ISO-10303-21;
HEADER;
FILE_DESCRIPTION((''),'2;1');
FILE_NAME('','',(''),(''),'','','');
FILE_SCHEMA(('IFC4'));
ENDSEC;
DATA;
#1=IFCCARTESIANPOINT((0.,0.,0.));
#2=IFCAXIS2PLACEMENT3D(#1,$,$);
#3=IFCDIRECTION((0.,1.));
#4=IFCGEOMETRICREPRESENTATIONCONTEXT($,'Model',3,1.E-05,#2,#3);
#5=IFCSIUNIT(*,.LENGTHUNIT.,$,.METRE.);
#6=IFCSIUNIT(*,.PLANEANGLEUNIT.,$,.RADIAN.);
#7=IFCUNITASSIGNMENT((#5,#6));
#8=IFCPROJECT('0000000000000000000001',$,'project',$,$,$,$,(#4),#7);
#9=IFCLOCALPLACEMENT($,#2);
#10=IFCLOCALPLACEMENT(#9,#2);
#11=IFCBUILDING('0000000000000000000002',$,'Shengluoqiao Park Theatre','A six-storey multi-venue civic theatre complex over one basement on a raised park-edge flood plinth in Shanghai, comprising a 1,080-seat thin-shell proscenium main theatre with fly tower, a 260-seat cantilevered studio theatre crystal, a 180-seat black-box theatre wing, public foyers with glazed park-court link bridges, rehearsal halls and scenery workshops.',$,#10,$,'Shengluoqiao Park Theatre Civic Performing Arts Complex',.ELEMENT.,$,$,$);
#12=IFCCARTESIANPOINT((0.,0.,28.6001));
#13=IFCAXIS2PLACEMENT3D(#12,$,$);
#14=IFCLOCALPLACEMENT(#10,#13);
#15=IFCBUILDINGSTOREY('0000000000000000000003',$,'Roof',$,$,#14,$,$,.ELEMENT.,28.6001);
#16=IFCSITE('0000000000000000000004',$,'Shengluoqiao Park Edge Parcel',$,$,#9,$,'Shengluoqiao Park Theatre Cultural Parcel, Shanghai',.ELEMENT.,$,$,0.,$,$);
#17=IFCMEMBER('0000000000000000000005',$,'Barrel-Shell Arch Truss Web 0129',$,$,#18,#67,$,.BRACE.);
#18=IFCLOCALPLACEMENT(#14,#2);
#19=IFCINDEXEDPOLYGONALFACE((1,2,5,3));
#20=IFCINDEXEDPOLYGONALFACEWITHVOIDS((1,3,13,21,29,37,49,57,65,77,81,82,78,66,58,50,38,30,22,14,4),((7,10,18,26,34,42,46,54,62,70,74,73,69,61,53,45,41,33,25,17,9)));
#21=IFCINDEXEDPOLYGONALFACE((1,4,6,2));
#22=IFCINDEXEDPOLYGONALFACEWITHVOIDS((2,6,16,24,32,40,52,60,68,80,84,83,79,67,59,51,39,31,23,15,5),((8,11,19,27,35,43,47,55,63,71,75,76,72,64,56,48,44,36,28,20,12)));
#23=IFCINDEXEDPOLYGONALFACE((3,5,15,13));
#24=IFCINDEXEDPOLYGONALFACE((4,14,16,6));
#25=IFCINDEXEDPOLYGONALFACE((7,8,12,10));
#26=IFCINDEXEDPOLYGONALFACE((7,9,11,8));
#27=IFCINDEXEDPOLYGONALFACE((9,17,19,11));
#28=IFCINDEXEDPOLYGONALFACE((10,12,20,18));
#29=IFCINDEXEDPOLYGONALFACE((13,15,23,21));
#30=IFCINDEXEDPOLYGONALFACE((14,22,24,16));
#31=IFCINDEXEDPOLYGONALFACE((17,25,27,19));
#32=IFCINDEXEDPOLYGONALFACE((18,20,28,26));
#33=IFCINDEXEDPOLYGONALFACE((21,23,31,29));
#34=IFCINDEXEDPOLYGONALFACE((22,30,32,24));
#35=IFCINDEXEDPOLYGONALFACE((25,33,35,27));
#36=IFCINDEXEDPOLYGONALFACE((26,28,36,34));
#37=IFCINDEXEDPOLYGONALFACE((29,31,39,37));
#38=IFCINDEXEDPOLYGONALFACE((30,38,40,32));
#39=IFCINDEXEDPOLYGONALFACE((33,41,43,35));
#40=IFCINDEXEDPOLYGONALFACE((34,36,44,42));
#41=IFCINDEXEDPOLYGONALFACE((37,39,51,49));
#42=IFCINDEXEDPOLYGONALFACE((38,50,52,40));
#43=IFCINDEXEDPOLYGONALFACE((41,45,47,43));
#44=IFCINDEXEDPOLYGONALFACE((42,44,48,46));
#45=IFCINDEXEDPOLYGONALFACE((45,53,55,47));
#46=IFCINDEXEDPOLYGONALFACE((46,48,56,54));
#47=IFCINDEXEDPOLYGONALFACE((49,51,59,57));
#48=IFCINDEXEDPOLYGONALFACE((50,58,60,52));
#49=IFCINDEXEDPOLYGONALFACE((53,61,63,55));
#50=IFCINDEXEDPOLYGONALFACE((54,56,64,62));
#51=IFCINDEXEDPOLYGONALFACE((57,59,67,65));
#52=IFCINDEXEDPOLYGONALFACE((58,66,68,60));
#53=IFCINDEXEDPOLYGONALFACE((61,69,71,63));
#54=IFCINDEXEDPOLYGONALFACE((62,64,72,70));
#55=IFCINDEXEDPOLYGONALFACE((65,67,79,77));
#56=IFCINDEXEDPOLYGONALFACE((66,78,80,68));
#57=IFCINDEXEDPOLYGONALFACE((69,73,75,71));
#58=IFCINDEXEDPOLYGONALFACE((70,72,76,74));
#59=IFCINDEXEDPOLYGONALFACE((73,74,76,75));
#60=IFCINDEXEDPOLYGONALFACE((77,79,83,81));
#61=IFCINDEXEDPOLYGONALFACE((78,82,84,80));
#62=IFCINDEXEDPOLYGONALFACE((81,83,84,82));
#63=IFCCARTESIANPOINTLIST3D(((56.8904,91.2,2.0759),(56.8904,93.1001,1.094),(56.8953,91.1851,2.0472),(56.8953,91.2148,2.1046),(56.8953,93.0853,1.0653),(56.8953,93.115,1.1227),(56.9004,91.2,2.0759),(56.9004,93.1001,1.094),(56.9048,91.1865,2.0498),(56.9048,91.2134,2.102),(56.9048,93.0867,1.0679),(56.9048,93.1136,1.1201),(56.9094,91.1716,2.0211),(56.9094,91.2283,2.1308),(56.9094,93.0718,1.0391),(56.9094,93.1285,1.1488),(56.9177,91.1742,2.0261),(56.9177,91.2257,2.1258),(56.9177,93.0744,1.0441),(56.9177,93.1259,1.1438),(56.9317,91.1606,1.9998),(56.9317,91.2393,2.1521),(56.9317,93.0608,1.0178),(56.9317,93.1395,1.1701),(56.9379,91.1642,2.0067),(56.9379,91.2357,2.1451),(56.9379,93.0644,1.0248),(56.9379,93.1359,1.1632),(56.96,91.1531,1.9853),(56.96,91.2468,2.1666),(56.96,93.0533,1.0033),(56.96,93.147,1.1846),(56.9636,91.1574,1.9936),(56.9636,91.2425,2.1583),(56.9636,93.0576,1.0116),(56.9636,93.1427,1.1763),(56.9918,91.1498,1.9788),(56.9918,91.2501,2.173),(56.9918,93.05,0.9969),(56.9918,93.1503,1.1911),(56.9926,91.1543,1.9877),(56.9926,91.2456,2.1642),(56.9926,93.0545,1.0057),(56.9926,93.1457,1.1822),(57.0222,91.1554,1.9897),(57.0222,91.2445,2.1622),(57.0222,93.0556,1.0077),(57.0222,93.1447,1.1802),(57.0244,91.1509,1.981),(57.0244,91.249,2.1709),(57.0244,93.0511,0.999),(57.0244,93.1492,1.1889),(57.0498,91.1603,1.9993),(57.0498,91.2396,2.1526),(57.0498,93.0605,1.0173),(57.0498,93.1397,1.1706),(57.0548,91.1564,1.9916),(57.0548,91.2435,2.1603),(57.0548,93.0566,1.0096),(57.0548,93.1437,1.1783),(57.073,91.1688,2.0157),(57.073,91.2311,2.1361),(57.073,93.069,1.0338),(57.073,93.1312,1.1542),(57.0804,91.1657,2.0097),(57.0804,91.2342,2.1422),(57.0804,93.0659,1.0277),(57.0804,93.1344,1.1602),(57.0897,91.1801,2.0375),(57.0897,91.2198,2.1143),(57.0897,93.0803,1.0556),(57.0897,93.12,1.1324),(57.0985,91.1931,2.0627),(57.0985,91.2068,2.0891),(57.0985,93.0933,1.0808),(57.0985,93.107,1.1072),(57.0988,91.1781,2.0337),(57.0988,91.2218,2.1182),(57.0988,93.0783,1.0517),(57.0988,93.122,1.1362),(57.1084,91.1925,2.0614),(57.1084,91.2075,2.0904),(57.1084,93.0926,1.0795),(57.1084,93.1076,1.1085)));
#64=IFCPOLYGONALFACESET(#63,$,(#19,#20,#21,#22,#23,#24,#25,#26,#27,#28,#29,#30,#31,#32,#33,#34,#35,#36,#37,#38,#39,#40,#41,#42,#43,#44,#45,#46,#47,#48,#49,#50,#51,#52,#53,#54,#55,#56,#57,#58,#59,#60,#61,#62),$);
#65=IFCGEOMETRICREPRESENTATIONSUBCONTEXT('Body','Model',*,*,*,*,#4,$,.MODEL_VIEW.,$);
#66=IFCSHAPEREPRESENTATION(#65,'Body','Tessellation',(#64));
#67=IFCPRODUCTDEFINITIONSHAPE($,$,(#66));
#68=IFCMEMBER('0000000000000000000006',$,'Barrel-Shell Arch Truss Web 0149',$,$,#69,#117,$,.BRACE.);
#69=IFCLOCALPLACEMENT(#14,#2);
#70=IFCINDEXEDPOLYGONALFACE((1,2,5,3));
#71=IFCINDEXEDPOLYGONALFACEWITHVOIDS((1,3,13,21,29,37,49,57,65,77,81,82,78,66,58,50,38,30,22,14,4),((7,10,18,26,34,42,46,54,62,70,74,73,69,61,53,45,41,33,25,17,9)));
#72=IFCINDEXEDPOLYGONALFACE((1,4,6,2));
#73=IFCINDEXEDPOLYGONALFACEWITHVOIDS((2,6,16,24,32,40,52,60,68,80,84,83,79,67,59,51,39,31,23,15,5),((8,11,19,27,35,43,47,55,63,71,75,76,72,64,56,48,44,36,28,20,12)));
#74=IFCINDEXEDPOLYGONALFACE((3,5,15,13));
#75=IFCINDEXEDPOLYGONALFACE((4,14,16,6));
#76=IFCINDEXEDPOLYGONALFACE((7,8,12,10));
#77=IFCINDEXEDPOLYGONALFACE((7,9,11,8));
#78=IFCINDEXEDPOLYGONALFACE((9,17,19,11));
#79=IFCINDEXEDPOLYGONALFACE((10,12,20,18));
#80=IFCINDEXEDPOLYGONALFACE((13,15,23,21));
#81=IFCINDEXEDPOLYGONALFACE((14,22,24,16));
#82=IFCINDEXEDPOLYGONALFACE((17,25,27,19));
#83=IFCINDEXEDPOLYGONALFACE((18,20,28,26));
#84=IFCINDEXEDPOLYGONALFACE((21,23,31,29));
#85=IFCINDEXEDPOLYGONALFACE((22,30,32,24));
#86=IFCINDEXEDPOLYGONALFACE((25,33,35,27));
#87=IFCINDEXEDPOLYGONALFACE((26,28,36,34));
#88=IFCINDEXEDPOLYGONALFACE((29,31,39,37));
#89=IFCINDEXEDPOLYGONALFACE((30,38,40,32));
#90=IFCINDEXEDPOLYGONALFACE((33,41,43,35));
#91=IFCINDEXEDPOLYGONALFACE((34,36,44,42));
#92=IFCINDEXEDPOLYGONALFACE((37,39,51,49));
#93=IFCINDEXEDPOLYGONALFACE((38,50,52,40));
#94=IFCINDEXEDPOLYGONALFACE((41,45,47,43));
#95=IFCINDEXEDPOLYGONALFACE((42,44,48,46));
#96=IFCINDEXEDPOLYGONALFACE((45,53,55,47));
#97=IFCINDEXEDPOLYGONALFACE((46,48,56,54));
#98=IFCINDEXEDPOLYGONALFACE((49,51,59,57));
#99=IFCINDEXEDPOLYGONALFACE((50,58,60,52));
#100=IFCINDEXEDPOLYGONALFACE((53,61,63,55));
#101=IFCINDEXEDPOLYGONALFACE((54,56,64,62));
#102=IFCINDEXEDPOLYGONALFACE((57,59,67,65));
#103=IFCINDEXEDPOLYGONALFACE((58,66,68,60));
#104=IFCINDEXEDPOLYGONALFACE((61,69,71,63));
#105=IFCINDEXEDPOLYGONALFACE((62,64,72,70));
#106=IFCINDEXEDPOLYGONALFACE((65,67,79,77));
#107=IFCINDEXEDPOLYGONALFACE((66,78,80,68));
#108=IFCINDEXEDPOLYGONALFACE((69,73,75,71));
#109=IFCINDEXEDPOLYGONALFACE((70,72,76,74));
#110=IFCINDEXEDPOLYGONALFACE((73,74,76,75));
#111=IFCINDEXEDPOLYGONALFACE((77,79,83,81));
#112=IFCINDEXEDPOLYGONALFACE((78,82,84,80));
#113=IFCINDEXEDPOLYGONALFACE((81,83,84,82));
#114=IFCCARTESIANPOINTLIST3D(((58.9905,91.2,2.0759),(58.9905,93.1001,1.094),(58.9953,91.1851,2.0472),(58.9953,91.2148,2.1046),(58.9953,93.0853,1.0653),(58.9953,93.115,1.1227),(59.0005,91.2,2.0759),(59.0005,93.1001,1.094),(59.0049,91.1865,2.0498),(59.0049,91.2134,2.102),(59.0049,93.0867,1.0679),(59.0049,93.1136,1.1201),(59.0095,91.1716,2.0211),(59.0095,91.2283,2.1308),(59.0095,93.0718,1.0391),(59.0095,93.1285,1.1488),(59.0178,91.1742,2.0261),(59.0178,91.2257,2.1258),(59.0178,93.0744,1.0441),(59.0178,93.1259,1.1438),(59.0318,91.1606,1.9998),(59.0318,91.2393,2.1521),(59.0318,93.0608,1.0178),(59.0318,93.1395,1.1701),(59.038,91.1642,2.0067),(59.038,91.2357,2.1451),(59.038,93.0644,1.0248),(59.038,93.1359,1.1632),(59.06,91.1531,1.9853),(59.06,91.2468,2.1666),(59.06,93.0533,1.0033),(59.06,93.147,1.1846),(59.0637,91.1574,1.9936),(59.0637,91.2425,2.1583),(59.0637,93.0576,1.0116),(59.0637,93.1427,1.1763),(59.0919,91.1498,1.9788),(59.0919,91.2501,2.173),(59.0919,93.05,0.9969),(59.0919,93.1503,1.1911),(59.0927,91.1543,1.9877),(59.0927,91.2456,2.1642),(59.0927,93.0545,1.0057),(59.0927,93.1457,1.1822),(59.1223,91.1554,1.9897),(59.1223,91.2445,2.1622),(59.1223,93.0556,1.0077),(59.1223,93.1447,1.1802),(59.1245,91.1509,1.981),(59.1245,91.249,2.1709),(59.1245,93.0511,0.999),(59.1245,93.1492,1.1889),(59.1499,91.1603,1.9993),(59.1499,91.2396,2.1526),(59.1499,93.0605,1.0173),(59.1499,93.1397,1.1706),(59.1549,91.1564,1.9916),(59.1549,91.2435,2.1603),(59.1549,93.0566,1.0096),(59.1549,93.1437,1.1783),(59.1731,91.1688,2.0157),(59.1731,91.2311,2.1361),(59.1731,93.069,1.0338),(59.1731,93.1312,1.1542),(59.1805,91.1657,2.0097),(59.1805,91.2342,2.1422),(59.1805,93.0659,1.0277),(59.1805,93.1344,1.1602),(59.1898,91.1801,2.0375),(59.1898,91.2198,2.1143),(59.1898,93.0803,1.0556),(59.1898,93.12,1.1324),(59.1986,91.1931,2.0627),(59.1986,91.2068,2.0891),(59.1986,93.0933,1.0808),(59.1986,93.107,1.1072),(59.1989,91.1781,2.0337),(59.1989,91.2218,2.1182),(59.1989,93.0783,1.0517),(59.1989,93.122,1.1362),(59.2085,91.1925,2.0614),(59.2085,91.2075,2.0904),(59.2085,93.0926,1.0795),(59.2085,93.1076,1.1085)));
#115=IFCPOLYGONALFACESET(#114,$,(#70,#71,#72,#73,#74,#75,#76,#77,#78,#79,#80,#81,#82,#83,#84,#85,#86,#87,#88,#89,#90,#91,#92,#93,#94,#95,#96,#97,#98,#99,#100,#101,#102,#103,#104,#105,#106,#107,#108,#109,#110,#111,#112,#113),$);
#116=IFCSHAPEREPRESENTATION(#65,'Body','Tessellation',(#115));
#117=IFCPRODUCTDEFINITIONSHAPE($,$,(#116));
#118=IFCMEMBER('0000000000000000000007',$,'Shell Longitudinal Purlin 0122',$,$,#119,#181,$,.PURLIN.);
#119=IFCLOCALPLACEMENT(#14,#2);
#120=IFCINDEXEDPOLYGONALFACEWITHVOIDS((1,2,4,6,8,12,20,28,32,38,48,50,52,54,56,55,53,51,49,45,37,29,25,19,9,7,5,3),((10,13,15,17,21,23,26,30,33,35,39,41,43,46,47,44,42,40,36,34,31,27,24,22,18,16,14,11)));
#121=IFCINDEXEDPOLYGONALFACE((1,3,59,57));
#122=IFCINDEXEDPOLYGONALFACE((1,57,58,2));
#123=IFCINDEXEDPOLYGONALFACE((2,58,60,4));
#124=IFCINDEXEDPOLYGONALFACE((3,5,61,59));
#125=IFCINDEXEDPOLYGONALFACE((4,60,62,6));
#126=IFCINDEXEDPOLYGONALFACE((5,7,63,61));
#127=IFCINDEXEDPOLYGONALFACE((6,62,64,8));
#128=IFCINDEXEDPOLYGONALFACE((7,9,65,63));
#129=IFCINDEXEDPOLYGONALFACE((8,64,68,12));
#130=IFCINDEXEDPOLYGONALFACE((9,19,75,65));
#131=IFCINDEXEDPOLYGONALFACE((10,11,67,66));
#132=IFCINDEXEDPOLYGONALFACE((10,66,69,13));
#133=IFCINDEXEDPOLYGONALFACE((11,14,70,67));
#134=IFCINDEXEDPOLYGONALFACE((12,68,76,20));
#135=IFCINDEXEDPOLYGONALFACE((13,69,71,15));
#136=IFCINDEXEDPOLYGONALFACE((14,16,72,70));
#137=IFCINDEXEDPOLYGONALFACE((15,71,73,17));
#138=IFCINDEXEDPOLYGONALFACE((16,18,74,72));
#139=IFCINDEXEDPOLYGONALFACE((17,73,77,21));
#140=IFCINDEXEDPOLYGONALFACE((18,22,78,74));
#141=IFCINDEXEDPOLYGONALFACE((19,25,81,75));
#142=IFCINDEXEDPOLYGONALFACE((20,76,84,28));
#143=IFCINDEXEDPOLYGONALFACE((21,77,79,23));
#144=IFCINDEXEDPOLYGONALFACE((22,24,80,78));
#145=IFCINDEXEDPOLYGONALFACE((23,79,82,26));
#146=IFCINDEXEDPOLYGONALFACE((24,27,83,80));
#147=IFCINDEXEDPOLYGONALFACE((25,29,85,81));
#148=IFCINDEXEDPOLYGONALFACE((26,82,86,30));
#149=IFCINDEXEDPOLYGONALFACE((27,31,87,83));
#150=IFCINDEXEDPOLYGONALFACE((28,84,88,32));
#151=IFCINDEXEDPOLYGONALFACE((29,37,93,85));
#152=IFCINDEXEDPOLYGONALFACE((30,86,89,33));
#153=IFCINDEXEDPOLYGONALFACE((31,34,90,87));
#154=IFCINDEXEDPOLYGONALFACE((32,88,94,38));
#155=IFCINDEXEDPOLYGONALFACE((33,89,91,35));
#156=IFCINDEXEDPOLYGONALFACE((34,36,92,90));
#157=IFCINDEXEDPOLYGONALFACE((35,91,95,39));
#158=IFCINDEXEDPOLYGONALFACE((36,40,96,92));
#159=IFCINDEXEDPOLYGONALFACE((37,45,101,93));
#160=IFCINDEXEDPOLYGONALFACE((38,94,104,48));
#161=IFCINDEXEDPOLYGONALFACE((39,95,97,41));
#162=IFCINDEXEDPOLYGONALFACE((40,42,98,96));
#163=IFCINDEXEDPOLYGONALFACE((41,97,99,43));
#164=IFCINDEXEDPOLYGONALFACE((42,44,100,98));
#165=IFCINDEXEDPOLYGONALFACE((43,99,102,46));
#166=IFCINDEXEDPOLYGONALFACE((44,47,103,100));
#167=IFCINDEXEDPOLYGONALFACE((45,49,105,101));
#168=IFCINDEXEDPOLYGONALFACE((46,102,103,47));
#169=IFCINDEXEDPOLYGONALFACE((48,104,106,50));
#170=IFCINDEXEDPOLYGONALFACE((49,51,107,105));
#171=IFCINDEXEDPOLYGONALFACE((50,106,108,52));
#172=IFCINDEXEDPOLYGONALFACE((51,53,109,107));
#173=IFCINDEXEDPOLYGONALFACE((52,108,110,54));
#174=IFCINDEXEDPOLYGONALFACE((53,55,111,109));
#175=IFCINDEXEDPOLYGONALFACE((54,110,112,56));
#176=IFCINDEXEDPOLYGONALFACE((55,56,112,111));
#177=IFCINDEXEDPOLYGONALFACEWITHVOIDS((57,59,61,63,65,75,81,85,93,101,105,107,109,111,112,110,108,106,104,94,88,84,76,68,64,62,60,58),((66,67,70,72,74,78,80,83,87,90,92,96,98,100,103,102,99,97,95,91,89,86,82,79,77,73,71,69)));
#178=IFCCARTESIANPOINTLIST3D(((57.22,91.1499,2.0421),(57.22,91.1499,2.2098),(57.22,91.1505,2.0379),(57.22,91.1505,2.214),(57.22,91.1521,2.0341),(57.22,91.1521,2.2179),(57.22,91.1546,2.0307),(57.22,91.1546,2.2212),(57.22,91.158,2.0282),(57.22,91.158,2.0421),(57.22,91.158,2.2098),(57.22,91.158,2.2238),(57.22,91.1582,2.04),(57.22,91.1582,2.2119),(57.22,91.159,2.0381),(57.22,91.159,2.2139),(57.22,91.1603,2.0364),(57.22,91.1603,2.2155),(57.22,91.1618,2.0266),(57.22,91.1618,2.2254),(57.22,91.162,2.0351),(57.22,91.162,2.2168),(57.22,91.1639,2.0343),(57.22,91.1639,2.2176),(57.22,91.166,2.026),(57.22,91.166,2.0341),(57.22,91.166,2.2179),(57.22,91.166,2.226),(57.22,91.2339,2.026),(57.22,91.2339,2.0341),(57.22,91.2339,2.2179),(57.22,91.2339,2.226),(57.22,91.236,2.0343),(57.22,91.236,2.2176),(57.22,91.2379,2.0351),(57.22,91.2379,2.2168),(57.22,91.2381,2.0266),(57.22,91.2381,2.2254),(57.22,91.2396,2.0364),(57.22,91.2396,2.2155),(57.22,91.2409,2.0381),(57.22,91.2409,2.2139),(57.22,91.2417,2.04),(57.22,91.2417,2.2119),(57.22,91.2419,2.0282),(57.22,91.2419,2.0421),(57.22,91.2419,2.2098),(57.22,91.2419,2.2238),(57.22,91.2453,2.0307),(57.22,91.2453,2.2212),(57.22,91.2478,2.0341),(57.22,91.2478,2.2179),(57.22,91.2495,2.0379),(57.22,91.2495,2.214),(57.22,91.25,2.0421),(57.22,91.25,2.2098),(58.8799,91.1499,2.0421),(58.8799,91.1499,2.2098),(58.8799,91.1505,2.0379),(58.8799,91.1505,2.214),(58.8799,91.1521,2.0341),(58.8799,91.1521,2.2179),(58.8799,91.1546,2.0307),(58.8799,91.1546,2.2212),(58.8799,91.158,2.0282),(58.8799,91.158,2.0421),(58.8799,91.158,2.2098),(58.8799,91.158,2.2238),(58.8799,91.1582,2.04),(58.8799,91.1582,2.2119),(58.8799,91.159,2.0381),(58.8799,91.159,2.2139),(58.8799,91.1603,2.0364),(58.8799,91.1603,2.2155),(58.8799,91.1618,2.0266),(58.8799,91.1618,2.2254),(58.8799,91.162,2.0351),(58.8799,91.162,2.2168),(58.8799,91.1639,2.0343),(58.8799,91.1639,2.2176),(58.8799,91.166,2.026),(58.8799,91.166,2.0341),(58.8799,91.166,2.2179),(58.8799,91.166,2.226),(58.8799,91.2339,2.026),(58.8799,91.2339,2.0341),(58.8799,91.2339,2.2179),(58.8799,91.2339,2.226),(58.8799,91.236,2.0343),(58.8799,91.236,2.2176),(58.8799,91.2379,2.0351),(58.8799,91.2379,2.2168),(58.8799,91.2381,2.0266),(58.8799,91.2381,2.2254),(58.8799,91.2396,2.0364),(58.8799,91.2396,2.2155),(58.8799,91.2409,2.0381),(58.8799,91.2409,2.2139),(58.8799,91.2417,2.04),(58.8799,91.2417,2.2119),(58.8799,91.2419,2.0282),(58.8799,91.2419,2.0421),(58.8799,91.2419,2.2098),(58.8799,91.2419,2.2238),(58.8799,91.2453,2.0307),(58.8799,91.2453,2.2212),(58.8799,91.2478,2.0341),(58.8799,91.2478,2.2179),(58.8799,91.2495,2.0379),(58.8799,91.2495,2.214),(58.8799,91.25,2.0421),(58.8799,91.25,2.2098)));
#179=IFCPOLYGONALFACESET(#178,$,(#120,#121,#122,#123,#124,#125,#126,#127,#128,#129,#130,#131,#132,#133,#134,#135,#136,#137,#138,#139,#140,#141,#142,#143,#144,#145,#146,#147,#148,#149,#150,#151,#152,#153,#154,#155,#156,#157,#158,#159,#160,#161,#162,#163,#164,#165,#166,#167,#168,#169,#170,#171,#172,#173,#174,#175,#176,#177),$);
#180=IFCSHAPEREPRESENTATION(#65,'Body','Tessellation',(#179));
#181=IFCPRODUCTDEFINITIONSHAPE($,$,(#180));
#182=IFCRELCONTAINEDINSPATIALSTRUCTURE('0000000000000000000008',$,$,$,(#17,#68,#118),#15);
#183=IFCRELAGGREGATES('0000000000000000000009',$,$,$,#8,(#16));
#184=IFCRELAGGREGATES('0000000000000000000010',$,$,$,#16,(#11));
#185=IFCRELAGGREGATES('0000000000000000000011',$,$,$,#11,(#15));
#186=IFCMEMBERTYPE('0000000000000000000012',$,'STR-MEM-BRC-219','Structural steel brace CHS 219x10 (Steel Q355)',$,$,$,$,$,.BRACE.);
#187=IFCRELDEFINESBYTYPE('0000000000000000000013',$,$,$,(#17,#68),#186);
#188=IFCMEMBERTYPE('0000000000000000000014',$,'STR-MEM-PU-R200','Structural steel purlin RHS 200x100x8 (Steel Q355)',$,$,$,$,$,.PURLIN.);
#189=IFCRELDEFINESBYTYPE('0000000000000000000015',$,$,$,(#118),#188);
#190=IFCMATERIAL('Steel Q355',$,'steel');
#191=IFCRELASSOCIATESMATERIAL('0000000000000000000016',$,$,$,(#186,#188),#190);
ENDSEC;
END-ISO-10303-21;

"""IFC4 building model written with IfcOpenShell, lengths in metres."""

from ifc_helpers import new_model, si_unit, direction, frame, origin, origin_2d, place, context, subcontext, project, spatial, hollow_rectangle, hollow_circle, extrude, material, material_profile, profile_set, type_object, element, save


model = new_model("IFC4")

# Units and contexts
model_context = context("Model", 3, precision=1e-05, world=origin(), true_north=direction((0.0, 1.0)))
body_context = subcontext(model_context, "Body", "Model", "MODEL_VIEW")
ifc_project = project(units=[si_unit("LENGTHUNIT", "METRE"), si_unit("PLANEANGLEUNIT", "RADIAN")], contexts=[model_context])

# Site, building, storey
site_placement = place(None, origin())
site = spatial("IfcSite", under=ifc_project, at=site_placement, Name="Shengluoqiao Park Edge Parcel", LongName="Shengluoqiao Park Theatre Cultural Parcel, Shanghai", CompositionType="ELEMENT", RefElevation=0.0)
building_placement = place(site_placement, origin())
building = spatial("IfcBuilding", under=site, at=building_placement, Name="Shengluoqiao Park Theatre", Description="A six-storey multi-venue civic theatre complex over one basement on a raised park-edge flood plinth in Shanghai, comprising a 1,080-seat thin-shell proscenium main theatre with fly tower, a 260-seat cantilevered studio theatre crystal, a 180-seat black-box theatre wing, public foyers with glazed park-court link bridges, rehearsal halls and scenery workshops.", LongName="Shengluoqiao Park Theatre Civic Performing Arts Complex", CompositionType="ELEMENT")
storey_placement = place(building_placement, frame((0.0, 0.0, 28.6001)))
storey = spatial("IfcBuildingStorey", under=building, at=storey_placement, Name="Roof", CompositionType="ELEMENT", Elevation=28.6001)

# Shared definitions
ifc_material_1 = material(Name="Steel Q355", Category="steel")

# Members
ifc_material_profile_1 = material_profile(ifc_material_1, hollow_circle(Radius=0.1096, WallThickness=0.01, at=origin_2d()), Name="CHS 219x10")
ifc_profile_set_1 = profile_set([ifc_material_profile_1], Name="Steel Q355")
member_type_1 = type_object("IfcMemberType", Name="STR-MEM-BRC-219", Description="Structural steel brace CHS 219x10 (Steel Q355)", PredefinedType="BRACE", material=ifc_profile_set_1)
for number, where, z_axis, x_axis, name in (
    (1, (57.0, 91.2, 2.0759), (0.0, 0.888389, -0.459091), (-1.0, 0.0, 0.0), "Barrel-Shell Arch Truss Web 0129"),
    (2, (59.1001, 91.2, 2.0759), (0.0, 0.888389, -0.459091), (-1.0, 0.0, 0.0), "Barrel-Shell Arch Truss Web 0149"),
):
    element("IfcMember", number, at=place(storey_placement, frame(where, z_axis=z_axis, x_axis=x_axis)), inside=storey, type_object=member_type_1, Name=name, PredefinedType="BRACE", context=body_context, shape_type="SweptSolid", body=[
        extrude(hollow_circle(Radius=0.1096, WallThickness=0.01, at=origin_2d()), origin(), (0.0, 0.0, 1.0), 2.1389),
    ])
ifc_material_profile_2 = material_profile(ifc_material_1, hollow_rectangle(XDim=0.1001, YDim=0.2, WallThickness=0.0081, InnerFilletRadius=0.0081, OuterFilletRadius=0.0161, at=origin_2d()), Name="RHS 200x100x8")
ifc_profile_set_2 = profile_set([ifc_material_profile_2], Name="Steel Q355")
member_type_2 = type_object("IfcMemberType", Name="STR-MEM-PU-R200", Description="Structural steel purlin RHS 200x100x8 (Steel Q355)", PredefinedType="PURLIN", material=ifc_profile_set_2)
for number, where, z_axis, x_axis, name in (
    (3, (57.22, 91.2, 2.126), (1.0, 0.0, 0.0), (0.0, 1.0, 0.0), "Shell Longitudinal Purlin 0122"),
):
    element("IfcMember", number, at=place(storey_placement, frame(where, z_axis=z_axis, x_axis=x_axis)), inside=storey, type_object=member_type_2, Name=name, PredefinedType="PURLIN", context=body_context, shape_type="SweptSolid", body=[
        extrude(hollow_rectangle(XDim=0.1001, YDim=0.2, WallThickness=0.0081, InnerFilletRadius=0.0081, OuterFilletRadius=0.0161, at=origin_2d()), origin(), (0.0, 0.0, 1.0), 1.6599),
    ])

save(model, "model.ifc")
